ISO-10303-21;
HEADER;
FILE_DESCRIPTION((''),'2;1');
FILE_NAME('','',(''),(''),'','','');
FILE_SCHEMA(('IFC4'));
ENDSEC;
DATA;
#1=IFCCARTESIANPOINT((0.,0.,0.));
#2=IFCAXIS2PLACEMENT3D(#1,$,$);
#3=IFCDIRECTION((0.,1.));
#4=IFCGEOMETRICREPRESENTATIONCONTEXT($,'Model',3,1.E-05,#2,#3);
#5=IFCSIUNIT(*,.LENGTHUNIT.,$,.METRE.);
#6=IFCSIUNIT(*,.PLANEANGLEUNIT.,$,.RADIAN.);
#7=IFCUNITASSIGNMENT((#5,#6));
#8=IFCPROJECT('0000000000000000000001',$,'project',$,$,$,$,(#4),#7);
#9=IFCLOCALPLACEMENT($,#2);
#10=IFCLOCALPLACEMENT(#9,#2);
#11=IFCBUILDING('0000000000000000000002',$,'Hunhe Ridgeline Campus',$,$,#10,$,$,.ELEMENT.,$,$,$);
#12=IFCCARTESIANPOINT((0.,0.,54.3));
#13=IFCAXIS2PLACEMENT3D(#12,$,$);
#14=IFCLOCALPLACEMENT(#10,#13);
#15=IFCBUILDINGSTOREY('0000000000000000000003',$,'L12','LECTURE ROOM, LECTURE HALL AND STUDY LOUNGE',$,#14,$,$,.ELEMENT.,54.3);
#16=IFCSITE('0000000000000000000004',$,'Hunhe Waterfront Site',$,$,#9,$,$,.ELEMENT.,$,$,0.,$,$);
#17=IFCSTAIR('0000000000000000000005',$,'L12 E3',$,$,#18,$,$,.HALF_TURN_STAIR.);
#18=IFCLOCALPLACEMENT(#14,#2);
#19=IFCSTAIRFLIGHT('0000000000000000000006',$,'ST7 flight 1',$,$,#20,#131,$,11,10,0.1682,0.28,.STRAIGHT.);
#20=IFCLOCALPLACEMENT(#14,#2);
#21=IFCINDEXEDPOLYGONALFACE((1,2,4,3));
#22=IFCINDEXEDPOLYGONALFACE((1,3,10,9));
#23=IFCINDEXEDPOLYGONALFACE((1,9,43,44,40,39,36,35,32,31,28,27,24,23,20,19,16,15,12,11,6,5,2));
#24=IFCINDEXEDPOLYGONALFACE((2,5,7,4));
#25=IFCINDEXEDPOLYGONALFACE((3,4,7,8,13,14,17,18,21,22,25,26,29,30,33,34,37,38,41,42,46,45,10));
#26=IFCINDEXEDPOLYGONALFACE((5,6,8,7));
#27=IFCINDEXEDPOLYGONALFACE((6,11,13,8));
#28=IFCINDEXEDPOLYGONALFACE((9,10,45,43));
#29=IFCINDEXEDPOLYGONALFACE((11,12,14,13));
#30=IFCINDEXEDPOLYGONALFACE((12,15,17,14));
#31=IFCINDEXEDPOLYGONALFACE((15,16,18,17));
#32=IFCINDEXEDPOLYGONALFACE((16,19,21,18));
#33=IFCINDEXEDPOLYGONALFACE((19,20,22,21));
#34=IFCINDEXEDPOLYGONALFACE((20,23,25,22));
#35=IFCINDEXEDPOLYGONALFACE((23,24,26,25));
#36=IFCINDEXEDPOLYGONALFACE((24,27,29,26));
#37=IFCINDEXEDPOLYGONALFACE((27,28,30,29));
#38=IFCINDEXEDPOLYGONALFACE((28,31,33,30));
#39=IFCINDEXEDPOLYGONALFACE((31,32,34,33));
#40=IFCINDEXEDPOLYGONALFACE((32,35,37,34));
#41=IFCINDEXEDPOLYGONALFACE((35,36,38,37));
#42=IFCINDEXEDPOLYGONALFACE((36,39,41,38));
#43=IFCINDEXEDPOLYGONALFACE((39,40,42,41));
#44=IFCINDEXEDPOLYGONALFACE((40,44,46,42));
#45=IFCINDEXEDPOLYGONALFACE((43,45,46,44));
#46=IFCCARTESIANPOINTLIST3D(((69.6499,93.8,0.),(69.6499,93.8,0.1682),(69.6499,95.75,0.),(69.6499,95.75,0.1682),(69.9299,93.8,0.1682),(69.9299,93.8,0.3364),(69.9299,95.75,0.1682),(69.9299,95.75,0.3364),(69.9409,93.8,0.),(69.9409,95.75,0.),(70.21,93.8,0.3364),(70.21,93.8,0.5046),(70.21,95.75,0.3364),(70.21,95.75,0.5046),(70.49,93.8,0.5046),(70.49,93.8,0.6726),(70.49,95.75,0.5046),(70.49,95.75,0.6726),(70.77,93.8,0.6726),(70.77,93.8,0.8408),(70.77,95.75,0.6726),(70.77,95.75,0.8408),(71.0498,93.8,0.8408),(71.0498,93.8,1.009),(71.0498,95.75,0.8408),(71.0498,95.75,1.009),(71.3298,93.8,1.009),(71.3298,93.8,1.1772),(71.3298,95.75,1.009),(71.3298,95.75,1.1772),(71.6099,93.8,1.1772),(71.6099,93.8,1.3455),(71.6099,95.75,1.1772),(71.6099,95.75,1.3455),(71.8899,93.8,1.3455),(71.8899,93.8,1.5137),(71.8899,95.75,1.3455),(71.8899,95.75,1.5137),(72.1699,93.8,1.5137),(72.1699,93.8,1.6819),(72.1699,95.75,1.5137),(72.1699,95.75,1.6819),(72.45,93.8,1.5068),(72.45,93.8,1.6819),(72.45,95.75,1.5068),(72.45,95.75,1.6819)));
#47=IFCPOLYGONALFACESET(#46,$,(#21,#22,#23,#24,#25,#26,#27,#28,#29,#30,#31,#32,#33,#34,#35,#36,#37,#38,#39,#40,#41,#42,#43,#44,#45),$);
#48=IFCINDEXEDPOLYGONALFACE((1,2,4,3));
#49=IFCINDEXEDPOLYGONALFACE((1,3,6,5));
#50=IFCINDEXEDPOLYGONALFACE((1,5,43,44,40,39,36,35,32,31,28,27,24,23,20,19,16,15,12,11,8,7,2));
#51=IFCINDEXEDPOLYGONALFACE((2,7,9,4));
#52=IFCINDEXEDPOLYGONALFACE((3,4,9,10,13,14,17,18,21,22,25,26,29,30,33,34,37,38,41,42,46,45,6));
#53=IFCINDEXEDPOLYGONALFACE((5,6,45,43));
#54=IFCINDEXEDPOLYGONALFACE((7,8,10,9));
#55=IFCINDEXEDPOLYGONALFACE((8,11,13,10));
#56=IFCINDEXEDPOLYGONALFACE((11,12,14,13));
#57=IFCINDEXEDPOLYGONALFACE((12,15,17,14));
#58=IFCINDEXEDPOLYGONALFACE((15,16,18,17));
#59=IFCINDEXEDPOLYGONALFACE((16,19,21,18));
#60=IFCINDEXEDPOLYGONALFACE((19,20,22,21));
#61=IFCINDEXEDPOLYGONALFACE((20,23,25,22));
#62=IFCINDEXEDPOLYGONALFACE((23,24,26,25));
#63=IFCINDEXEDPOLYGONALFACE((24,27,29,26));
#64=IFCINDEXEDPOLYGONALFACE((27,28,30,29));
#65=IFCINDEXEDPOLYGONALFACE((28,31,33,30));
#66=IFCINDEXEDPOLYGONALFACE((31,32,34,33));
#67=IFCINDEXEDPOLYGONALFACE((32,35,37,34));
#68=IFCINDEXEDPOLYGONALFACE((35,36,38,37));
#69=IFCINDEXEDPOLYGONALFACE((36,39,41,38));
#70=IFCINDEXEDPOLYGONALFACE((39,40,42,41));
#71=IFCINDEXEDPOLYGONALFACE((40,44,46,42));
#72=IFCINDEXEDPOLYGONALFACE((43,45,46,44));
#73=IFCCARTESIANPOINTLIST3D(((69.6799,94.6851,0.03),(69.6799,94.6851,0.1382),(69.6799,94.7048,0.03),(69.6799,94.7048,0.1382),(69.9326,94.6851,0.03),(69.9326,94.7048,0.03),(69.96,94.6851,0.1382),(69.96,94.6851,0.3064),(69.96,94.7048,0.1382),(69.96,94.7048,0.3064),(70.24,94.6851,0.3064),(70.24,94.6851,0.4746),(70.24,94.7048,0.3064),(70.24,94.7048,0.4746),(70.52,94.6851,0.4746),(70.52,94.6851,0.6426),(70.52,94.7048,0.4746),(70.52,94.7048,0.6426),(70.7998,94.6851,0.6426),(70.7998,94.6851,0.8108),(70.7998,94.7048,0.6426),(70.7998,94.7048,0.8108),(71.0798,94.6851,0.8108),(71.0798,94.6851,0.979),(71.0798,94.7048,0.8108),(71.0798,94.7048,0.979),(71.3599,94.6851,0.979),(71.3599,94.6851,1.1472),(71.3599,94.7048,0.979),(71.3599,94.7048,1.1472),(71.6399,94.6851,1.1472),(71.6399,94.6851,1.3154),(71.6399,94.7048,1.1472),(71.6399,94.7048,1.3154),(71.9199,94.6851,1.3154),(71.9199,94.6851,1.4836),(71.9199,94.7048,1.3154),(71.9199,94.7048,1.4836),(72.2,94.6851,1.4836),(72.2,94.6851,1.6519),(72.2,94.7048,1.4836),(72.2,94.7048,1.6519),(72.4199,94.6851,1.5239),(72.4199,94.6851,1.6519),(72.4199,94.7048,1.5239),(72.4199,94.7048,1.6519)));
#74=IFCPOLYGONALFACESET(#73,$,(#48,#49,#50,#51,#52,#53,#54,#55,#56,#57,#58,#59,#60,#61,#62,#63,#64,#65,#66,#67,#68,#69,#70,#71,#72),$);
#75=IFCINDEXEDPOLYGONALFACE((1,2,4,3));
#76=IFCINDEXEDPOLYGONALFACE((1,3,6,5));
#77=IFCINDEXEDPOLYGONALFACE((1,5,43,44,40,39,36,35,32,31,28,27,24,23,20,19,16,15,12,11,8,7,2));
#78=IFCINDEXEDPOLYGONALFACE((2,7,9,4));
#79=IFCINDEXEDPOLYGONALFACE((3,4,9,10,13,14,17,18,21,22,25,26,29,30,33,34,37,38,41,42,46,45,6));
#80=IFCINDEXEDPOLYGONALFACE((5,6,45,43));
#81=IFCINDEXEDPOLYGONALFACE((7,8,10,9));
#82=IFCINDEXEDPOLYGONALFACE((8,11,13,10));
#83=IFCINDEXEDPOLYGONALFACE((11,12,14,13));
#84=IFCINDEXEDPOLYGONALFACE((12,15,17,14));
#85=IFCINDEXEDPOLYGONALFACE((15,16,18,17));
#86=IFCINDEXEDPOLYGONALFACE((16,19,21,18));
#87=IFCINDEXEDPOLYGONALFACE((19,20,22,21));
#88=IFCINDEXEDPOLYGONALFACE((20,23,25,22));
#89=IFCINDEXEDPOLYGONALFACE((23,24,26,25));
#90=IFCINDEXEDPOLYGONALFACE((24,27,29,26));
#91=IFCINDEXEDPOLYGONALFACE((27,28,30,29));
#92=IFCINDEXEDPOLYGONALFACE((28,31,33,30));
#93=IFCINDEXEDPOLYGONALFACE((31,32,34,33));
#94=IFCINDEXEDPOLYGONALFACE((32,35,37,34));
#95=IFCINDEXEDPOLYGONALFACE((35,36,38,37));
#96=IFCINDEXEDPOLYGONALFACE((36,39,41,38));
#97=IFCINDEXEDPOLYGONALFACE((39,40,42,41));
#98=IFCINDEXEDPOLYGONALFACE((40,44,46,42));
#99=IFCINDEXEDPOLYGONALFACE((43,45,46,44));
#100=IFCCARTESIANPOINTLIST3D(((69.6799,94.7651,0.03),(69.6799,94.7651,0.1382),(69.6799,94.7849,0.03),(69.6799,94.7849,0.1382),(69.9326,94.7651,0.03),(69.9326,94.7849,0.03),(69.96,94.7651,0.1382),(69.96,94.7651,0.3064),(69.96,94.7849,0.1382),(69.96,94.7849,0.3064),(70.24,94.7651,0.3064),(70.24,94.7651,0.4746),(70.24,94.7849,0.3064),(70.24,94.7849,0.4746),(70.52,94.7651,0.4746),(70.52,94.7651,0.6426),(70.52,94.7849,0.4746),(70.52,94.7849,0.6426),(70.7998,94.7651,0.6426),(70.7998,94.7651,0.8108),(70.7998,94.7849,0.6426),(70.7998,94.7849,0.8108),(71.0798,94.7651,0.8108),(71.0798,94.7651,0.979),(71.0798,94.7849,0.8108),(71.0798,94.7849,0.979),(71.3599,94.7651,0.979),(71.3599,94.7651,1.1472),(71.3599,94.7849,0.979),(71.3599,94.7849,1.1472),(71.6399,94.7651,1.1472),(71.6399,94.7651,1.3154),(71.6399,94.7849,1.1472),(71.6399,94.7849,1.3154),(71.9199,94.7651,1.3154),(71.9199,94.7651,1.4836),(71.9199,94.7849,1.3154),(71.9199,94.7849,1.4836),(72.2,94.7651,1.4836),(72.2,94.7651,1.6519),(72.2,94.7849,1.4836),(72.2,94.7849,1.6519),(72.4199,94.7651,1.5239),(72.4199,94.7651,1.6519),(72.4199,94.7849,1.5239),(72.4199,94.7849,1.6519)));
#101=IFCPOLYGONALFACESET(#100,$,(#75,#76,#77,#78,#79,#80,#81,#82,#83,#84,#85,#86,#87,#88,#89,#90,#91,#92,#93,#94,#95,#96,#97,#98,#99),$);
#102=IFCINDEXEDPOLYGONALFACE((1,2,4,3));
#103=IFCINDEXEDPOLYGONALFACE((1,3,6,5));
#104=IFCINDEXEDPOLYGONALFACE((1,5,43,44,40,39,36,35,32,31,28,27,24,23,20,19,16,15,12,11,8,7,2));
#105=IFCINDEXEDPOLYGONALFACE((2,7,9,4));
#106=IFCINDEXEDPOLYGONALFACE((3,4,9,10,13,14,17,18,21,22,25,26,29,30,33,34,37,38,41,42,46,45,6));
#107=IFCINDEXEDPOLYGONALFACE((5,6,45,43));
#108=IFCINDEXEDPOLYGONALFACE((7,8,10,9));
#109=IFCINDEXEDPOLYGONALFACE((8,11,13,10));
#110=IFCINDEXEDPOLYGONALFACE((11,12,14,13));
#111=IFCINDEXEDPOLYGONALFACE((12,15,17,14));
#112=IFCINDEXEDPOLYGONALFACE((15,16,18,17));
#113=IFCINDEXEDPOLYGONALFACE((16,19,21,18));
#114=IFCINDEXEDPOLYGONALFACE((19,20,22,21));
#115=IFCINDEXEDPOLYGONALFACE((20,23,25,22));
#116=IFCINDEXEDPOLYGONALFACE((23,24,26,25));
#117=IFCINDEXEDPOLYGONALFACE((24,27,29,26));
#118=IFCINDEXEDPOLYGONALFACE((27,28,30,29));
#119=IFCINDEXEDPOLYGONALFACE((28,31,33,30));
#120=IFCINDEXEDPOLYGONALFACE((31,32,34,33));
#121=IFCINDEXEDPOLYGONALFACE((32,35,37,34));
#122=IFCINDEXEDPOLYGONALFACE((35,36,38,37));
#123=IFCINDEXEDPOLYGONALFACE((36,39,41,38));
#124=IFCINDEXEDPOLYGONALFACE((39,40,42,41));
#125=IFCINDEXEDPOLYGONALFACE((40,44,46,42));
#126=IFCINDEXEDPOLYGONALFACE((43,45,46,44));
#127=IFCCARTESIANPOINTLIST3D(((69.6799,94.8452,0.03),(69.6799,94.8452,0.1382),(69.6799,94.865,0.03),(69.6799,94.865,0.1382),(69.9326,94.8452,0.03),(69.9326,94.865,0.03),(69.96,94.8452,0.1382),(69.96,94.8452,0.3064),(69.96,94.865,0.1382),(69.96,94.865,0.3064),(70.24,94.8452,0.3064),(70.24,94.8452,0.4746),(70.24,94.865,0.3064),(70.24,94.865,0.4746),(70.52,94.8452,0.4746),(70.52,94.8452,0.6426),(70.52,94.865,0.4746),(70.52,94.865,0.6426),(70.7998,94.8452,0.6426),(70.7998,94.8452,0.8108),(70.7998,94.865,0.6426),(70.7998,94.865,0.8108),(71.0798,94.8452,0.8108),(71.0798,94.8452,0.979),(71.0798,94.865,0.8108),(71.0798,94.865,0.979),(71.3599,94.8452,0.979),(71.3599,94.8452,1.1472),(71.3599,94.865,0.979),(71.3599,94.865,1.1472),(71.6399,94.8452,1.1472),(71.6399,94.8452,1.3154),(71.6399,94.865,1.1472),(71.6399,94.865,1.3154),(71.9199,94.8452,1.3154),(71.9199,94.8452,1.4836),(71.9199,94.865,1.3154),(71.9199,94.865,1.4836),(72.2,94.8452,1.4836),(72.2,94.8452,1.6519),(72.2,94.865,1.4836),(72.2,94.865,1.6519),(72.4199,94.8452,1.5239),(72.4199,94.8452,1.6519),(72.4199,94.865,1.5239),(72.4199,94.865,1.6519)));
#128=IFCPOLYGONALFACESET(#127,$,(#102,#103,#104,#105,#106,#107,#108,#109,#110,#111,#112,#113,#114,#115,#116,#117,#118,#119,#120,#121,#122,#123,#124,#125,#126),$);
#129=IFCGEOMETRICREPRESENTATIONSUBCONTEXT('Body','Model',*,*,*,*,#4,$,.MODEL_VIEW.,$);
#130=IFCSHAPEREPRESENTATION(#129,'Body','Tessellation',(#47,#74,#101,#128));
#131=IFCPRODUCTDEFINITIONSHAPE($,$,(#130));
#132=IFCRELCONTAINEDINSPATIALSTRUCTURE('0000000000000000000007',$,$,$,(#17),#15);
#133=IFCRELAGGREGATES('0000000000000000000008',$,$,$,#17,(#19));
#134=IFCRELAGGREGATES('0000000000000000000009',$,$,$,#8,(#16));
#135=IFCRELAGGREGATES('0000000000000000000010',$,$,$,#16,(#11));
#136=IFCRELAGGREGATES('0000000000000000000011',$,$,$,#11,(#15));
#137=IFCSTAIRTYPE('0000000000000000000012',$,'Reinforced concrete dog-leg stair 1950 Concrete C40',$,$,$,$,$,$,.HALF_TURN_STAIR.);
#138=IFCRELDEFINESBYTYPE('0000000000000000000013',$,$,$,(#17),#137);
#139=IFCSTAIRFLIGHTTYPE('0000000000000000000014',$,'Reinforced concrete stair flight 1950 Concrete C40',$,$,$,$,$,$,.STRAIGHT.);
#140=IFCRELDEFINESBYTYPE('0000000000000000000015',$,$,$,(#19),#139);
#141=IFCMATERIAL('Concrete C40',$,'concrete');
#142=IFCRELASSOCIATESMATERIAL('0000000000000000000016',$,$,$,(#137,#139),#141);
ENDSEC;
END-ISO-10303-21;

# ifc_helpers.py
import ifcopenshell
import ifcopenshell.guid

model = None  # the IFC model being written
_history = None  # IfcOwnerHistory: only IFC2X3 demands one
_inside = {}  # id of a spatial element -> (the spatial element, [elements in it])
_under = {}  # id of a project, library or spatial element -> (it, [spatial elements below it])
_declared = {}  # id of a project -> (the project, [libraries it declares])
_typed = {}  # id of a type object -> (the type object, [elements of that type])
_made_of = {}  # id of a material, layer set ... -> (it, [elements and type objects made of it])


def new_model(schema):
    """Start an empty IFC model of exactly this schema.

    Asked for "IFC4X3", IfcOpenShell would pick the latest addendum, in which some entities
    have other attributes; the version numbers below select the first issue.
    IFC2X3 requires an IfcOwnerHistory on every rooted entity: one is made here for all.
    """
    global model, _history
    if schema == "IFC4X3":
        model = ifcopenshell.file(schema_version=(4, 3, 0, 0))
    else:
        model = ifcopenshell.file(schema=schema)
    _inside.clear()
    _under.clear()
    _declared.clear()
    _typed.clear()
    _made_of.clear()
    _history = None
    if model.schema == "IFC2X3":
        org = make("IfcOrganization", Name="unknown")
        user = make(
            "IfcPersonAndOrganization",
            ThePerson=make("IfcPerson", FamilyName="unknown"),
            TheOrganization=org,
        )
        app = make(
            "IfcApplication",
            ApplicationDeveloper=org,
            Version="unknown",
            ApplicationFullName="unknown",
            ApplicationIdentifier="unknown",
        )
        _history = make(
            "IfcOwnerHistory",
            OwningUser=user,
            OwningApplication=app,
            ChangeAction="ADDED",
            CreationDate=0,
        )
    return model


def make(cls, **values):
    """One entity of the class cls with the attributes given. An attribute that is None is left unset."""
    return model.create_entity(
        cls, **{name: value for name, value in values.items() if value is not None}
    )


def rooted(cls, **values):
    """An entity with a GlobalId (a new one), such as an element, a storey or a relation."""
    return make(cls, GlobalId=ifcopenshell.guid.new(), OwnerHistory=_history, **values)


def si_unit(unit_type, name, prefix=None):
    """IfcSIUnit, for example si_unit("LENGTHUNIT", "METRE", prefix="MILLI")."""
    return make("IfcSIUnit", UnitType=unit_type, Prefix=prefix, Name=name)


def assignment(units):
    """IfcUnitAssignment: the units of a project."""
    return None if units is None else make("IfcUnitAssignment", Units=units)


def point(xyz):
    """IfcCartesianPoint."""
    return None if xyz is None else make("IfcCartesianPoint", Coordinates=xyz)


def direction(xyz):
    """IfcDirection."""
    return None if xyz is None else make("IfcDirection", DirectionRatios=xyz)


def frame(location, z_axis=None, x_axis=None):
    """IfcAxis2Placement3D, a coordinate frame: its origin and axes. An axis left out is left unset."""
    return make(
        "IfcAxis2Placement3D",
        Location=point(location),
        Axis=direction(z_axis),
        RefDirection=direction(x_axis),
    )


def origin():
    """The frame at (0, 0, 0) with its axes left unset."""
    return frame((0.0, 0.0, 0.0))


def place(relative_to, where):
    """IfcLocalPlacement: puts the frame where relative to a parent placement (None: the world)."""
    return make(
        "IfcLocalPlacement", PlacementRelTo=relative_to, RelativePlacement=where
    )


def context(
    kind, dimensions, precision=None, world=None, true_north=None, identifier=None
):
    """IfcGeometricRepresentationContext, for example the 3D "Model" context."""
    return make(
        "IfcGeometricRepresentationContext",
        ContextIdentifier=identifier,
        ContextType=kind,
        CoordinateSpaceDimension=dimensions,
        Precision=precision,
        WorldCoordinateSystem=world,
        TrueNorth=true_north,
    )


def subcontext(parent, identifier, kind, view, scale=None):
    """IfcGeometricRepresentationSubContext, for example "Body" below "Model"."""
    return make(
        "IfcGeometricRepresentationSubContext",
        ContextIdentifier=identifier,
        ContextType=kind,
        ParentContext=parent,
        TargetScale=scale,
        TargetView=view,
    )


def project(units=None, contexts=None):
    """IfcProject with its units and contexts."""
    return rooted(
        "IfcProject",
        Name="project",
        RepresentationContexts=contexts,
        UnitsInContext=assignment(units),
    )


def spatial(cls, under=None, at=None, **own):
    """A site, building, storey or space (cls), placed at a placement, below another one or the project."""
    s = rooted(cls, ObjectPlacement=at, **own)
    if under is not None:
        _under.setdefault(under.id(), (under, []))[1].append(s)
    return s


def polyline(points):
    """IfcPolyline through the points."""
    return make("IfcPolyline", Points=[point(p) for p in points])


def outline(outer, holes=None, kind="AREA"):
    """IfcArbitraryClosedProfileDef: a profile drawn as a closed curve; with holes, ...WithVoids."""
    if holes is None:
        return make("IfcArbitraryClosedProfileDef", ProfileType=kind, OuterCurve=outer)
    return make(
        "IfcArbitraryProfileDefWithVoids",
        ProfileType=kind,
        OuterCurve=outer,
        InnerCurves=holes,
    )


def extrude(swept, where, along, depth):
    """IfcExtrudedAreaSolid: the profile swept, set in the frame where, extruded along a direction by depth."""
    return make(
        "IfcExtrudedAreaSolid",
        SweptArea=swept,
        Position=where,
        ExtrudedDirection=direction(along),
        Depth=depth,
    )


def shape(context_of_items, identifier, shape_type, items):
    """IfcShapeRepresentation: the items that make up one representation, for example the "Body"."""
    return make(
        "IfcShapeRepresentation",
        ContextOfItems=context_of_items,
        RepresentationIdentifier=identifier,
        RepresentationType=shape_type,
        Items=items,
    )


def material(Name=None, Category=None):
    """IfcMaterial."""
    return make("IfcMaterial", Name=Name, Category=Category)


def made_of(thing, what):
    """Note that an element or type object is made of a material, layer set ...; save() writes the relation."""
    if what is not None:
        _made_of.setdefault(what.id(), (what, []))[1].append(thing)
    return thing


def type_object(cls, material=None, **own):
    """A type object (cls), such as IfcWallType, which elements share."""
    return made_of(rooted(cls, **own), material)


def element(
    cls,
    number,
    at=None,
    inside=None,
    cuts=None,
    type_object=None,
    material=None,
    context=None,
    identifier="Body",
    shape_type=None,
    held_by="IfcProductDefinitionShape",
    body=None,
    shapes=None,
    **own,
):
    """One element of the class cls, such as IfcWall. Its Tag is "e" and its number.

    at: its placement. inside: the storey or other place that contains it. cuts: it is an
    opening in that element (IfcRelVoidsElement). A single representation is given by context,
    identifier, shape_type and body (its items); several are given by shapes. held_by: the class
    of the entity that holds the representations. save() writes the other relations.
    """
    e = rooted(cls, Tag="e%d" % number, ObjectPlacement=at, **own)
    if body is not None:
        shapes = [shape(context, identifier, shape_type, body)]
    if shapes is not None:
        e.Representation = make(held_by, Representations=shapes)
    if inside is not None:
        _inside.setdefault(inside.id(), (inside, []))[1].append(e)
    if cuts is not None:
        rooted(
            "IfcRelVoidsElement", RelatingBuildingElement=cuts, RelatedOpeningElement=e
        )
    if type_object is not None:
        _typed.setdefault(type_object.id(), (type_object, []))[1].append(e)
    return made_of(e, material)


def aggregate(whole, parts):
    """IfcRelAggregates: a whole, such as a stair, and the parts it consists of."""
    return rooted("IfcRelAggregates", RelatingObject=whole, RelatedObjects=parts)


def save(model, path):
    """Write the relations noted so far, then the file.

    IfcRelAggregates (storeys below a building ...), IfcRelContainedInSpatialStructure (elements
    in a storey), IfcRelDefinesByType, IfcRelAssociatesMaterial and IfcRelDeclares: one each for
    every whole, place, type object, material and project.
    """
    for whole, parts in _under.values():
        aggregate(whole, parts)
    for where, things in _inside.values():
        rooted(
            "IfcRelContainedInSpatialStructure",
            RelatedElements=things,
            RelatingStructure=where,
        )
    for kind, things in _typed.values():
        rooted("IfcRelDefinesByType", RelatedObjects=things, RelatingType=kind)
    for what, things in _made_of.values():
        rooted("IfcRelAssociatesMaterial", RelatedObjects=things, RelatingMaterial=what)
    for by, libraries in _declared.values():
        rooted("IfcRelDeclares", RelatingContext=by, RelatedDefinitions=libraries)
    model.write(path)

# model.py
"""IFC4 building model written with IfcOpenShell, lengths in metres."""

from ifc_helpers import new_model, si_unit, direction, frame, origin, place, context, subcontext, project, spatial, polyline, outline, extrude, material, type_object, element, aggregate, save


model = new_model("IFC4")

# Units and contexts
model_context = context("Model", 3, precision=1e-05, world=origin(), true_north=direction((0.0, 1.0)))
body_context = subcontext(model_context, "Body", "Model", "MODEL_VIEW")
ifc_project = project(units=[si_unit("LENGTHUNIT", "METRE"), si_unit("PLANEANGLEUNIT", "RADIAN")], contexts=[model_context])

# Site, building, storey
site_placement = place(None, origin())
site = spatial("IfcSite", under=ifc_project, at=site_placement, Name="Hunhe Waterfront Site", CompositionType="ELEMENT", RefElevation=0.0)
building_placement = place(site_placement, origin())
building = spatial("IfcBuilding", under=site, at=building_placement, Name="Hunhe Ridgeline Campus", CompositionType="ELEMENT")
storey_placement = place(building_placement, frame((0.0, 0.0, 54.3)))
storey = spatial("IfcBuildingStorey", under=building, at=storey_placement, Name="L12", Description="LECTURE ROOM, LECTURE HALL AND STUDY LOUNGE", CompositionType="ELEMENT", Elevation=54.3)

# Shared definitions
ifc_material_1 = material(Name="Concrete C40", Category="concrete")
stair_type = type_object("IfcStairType", Name="Reinforced concrete dog-leg stair 1950 Concrete C40", PredefinedType="HALF_TURN_STAIR", material=ifc_material_1)
stair_flight_type = type_object("IfcStairFlightType", Name="Reinforced concrete stair flight 1950 Concrete C40", PredefinedType="STRAIGHT", material=ifc_material_1)

# Stair, stair flight
stair_1_placement = place(storey_placement, origin())
stair_1 = element("IfcStair", 1, at=stair_1_placement, inside=storey, type_object=stair_type, Name="L12 E3", PredefinedType="HALF_TURN_STAIR")
stair_flight_1_placement = place(storey_placement, frame((69.6499, 94.7749, 0.0), z_axis=(0.0, 0.0, 1.0), x_axis=(1.0, 0.0, 0.0)))
stair_flight_1 = element("IfcStairFlight", 2, at=stair_flight_1_placement, type_object=stair_flight_type, Name="ST7 flight 1", NumberOfRisers=11, NumberOfTreads=10, PredefinedType="STRAIGHT", RiserHeight=0.1682, TreadLength=0.28, context=body_context, shape_type="SweptSolid", body=[
    extrude(outline(polyline([(0.0, 0.0), (0.0, 0.1682), (0.28, 0.1682), (0.28, 0.3364), (0.5601, 0.3364), (0.5601, 0.5046), (0.8401, 0.5046), (0.8401, 0.6726), (1.1201, 0.6726), (1.1201, 0.8408), (1.3999, 0.8408), (1.3999, 1.009), (1.6799, 1.009), (1.6799, 1.1772), (1.96, 1.1772), (1.96, 1.3455), (2.24, 1.3455), (2.24, 1.5137), (2.52, 1.5137), (2.52, 1.6819), (2.8, 1.6819), (2.8, 1.8501), (2.8, 1.5068), (0.291, 0.0), (0.0, 0.0)])), frame((0.0, 0.9751, 0.0), z_axis=(0.0, -1.0, 0.0), x_axis=(1.0, 0.0, 0.0)), (0.0, 0.0, 1.0), 1.95),
    extrude(outline(polyline([(0.03, 0.03), (0.03, 0.1382), (0.3101, 0.1382), (0.3101, 0.3064), (0.5901, 0.3064), (0.5901, 0.4746), (0.8701, 0.4746), (0.8701, 0.6426), (1.1499, 0.6426), (1.1499, 0.8108), (1.4299, 0.8108), (1.4299, 0.979), (1.71, 0.979), (1.71, 1.1472), (1.99, 1.1472), (1.99, 1.3154), (2.27, 1.3154), (2.27, 1.4836), (2.55, 1.4836), (2.55, 1.6519), (2.77, 1.6519), (2.77, 1.5239), (0.2827, 0.03), (0.03, 0.03)])), frame((0.0, -0.0701, 0.0), z_axis=(0.0, -1.0, 0.0), x_axis=(1.0, 0.0, 0.0)), (0.0, 0.0, 1.0), 0.0198),
    extrude(outline(polyline([(0.03, 0.03), (0.03, 0.1382), (0.3101, 0.1382), (0.3101, 0.3064), (0.5901, 0.3064), (0.5901, 0.4746), (0.8701, 0.4746), (0.8701, 0.6426), (1.1499, 0.6426), (1.1499, 0.8108), (1.4299, 0.8108), (1.4299, 0.979), (1.71, 0.979), (1.71, 1.1472), (1.99, 1.1472), (1.99, 1.3154), (2.27, 1.3154), (2.27, 1.4836), (2.55, 1.4836), (2.55, 1.6519), (2.77, 1.6519), (2.77, 1.5239), (0.2827, 0.03), (0.03, 0.03)])), frame((0.0, 0.01, 0.0), z_axis=(0.0, -1.0, 0.0), x_axis=(1.0, 0.0, 0.0)), (0.0, 0.0, 1.0), 0.0198),
    extrude(outline(polyline([(0.03, 0.03), (0.03, 0.1382), (0.3101, 0.1382), (0.3101, 0.3064), (0.5901, 0.3064), (0.5901, 0.4746), (0.8701, 0.4746), (0.8701, 0.6426), (1.1499, 0.6426), (1.1499, 0.8108), (1.4299, 0.8108), (1.4299, 0.979), (1.71, 0.979), (1.71, 1.1472), (1.99, 1.1472), (1.99, 1.3154), (2.27, 1.3154), (2.27, 1.4836), (2.55, 1.4836), (2.55, 1.6519), (2.77, 1.6519), (2.77, 1.5239), (0.2827, 0.03), (0.03, 0.03)])), frame((0.0, 0.0901, 0.0), z_axis=(0.0, -1.0, 0.0), x_axis=(1.0, 0.0, 0.0)), (0.0, 0.0, 1.0), 0.0198),
])
aggregate(stair_1, [stair_flight_1])

save(model, "model.ifc")
